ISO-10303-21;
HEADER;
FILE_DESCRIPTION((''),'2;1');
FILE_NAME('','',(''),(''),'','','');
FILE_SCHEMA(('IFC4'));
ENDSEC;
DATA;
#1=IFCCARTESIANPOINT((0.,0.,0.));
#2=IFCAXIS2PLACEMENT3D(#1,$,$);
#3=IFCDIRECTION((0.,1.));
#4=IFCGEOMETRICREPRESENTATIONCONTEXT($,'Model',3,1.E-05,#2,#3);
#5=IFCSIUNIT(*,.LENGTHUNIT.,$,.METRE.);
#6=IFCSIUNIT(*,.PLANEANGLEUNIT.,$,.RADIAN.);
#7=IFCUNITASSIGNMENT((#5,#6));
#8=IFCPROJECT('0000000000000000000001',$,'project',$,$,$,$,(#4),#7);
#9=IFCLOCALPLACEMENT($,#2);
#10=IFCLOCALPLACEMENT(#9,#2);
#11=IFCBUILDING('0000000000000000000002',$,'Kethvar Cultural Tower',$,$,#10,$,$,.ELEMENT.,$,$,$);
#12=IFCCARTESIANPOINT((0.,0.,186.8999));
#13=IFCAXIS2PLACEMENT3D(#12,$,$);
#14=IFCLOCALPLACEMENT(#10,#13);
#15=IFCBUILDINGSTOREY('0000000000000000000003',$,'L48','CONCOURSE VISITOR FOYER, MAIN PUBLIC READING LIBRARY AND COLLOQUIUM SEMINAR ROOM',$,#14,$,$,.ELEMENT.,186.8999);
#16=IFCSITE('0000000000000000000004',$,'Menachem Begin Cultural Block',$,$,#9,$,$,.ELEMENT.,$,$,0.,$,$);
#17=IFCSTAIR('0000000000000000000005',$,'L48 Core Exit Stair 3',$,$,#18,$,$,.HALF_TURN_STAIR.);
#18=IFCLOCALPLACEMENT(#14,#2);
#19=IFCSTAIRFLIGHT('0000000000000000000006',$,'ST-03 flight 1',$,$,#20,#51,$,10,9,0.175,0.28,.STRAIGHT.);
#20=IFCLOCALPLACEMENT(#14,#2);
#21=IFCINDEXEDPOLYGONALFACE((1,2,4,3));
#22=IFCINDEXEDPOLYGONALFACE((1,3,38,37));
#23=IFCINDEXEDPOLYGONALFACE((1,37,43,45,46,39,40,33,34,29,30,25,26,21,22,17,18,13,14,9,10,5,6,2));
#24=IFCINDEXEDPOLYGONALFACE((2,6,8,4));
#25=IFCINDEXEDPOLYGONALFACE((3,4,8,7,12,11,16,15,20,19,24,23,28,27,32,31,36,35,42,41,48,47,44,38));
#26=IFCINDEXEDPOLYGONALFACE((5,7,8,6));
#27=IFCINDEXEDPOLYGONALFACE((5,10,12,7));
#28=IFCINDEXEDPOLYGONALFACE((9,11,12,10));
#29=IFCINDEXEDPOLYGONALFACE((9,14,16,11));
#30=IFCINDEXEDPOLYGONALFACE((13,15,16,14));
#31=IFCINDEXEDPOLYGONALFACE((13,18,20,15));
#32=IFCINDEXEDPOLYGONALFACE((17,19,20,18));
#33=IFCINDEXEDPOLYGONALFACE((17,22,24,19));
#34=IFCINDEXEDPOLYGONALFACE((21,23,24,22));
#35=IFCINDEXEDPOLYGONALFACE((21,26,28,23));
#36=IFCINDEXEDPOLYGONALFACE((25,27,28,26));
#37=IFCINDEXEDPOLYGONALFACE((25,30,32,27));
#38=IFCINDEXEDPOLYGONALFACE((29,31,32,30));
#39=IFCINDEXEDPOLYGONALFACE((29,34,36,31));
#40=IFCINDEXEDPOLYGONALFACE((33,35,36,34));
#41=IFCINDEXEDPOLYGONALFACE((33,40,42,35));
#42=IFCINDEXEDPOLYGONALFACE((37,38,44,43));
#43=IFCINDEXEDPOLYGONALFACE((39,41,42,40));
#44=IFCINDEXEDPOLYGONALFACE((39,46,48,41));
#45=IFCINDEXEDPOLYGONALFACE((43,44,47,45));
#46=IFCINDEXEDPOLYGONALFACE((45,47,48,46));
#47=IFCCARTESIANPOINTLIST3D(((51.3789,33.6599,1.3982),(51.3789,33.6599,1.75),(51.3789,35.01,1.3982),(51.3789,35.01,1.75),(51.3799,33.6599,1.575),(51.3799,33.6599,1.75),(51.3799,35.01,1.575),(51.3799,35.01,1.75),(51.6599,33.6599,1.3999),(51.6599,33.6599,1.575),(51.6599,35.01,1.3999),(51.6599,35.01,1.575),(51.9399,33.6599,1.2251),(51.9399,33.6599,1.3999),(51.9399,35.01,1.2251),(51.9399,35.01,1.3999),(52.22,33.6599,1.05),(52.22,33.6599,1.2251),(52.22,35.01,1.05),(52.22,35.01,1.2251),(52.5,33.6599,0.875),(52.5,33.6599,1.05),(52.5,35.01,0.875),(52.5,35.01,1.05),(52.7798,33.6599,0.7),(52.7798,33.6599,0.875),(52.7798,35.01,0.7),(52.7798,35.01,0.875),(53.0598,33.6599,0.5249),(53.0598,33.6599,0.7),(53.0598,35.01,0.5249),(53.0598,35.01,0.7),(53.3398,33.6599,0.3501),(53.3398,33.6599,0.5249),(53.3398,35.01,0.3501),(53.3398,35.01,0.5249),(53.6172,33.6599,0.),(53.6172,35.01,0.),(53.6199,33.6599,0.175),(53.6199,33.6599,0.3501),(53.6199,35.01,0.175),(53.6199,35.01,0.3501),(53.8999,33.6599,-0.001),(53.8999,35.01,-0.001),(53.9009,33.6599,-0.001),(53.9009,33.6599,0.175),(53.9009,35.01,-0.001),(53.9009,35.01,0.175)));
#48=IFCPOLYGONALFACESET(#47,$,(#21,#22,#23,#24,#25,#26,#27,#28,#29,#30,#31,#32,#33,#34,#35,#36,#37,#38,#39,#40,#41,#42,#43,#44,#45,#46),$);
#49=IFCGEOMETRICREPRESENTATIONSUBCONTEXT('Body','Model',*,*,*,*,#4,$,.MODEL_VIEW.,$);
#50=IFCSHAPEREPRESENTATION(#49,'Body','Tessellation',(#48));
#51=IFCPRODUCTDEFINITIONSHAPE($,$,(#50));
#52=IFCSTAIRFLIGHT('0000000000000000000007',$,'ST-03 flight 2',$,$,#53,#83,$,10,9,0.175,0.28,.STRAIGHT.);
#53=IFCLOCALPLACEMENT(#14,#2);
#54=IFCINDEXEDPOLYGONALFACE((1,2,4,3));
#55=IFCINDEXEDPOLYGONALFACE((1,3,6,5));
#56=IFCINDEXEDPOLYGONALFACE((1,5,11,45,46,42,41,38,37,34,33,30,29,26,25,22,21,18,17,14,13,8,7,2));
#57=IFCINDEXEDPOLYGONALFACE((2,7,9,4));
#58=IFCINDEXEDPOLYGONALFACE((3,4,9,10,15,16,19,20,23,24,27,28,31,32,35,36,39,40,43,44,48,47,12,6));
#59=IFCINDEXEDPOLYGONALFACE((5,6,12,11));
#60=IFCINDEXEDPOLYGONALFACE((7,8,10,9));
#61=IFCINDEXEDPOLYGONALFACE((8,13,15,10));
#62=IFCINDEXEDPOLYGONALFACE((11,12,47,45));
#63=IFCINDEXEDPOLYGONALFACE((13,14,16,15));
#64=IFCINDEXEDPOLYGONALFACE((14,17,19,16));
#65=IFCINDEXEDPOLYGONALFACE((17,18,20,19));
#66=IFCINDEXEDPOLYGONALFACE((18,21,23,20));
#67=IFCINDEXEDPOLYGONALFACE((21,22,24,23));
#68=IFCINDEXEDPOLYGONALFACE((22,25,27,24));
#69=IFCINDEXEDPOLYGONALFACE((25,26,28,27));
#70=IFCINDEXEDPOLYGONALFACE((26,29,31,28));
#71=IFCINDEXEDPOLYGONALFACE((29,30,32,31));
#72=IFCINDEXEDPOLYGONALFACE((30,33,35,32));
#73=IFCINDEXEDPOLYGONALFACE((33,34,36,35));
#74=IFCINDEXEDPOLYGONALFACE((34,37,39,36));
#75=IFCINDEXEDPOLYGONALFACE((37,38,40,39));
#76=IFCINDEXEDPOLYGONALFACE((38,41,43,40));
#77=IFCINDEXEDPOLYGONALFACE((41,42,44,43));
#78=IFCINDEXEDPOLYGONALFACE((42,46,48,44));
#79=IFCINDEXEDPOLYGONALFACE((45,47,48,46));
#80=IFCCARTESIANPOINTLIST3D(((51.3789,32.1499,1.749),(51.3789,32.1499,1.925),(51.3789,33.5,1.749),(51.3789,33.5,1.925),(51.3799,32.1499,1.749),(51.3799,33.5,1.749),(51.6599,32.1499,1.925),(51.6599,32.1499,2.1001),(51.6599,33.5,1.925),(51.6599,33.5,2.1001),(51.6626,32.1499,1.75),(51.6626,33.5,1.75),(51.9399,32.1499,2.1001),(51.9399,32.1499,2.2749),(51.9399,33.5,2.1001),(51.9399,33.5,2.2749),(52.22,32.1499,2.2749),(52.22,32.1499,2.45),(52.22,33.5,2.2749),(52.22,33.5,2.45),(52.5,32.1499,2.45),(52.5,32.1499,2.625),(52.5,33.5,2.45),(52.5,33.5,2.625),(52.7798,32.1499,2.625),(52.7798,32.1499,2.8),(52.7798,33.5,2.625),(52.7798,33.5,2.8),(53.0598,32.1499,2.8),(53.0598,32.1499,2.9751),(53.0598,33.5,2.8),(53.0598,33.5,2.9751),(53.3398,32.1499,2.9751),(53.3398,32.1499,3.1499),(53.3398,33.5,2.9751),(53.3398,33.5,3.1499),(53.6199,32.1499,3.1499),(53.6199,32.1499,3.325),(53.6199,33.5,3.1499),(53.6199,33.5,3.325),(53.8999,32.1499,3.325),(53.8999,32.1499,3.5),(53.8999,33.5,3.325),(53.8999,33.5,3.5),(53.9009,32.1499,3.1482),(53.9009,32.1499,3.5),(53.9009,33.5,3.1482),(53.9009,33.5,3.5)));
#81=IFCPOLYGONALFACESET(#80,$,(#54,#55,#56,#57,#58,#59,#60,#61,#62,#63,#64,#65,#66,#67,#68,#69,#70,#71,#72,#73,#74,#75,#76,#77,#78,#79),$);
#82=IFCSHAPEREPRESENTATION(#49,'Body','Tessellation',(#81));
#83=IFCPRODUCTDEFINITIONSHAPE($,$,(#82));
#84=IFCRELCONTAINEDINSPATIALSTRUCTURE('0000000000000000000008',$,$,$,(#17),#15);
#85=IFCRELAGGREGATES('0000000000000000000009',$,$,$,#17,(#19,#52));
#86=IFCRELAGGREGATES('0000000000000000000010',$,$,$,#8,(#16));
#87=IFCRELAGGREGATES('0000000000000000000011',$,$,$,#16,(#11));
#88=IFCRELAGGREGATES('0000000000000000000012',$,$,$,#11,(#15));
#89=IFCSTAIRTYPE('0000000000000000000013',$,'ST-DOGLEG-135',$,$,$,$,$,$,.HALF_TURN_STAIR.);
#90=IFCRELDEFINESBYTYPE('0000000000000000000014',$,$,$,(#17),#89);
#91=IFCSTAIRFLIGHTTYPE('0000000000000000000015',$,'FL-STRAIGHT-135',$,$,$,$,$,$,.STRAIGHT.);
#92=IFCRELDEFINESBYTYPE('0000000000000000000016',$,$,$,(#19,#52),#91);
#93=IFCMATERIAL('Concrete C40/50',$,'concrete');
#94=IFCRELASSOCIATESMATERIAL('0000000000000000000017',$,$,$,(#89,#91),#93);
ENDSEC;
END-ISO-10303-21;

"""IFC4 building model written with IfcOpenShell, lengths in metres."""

from ifc_helpers import new_model, si_unit, direction, frame, origin, place, context, subcontext, project, spatial, polyline, outline, extrude, material, type_object, element, aggregate, save


model = new_model("IFC4")

# Units and contexts
model_context = context("Model", 3, precision=1e-05, world=origin(), true_north=direction((0.0, 1.0)))
body_context = subcontext(model_context, "Body", "Model", "MODEL_VIEW")
ifc_project = project(units=[si_unit("LENGTHUNIT", "METRE"), si_unit("PLANEANGLEUNIT", "RADIAN")], contexts=[model_context])

# Site, building, storey
site_placement = place(None, origin())
site = spatial("IfcSite", under=ifc_project, at=site_placement, Name="Menachem Begin Cultural Block", CompositionType="ELEMENT", RefElevation=0.0)
building_placement = place(site_placement, origin())
building = spatial("IfcBuilding", under=site, at=building_placement, Name="Kethvar Cultural Tower", CompositionType="ELEMENT")
storey_placement = place(building_placement, frame((0.0, 0.0, 186.8999)))
storey = spatial("IfcBuildingStorey", under=building, at=storey_placement, Name="L48", Description="CONCOURSE VISITOR FOYER, MAIN PUBLIC READING LIBRARY AND COLLOQUIUM SEMINAR ROOM", CompositionType="ELEMENT", Elevation=186.8999)

# Shared definitions
ifc_material_1 = material(Name="Concrete C40/50", Category="concrete")

# Stair, stair flights
stair_type = type_object("IfcStairType", Name="ST-DOGLEG-135", PredefinedType="HALF_TURN_STAIR", material=ifc_material_1)
stair_placement = place(storey_placement, origin())
stair = element("IfcStair", 1, at=stair_placement, inside=storey, type_object=stair_type, Name="L48 Core Exit Stair 3", PredefinedType="HALF_TURN_STAIR")
stair_flight_type = type_object("IfcStairFlightType", Name="FL-STRAIGHT-135", PredefinedType="STRAIGHT", material=ifc_material_1)
stair_flight_1_placement = place(storey_placement, frame((53.8999, 34.335, 0.0), z_axis=(0.0, 0.0, 1.0), x_axis=(-1.0, 0.0, 0.0)))
stair_flight_1 = element("IfcStairFlight", 2, at=stair_flight_1_placement, type_object=stair_flight_type, Name="ST-03 flight 1", NumberOfRisers=10, NumberOfTreads=9, PredefinedType="STRAIGHT", RiserHeight=0.175, TreadLength=0.28, context=body_context, shape_type="SweptSolid", body=[
    extrude(outline(polyline([(-0.001, -0.001), (-0.001, 0.175), (0.28, 0.175), (0.28, 0.3501), (0.5601, 0.3501), (0.5601, 0.5249), (0.8401, 0.5249), (0.8401, 0.7), (1.1201, 0.7), (1.1201, 0.875), (1.3999, 0.875), (1.3999, 1.05), (1.6799, 1.05), (1.6799, 1.2251), (1.96, 1.2251), (1.96, 1.3999), (2.24, 1.3999), (2.24, 1.575), (2.52, 1.575), (2.52, 1.75), (2.521, 1.75), (2.521, 1.3982), (0.2827, 0.0), (0.0, -0.001), (-0.001, -0.001)])), frame((0.0, 0.675, 0.0), z_axis=(0.0, -1.0, 0.0), x_axis=(1.0, 0.0, 0.0)), (0.0, 0.0, 1.0), 1.3501),
])
stair_flight_2_placement = place(storey_placement, frame((51.3799, 32.825, 1.75), z_axis=(0.0, 0.0, 1.0), x_axis=(1.0, 0.0, 0.0)))
stair_flight_2 = element("IfcStairFlight", 3, at=stair_flight_2_placement, type_object=stair_flight_type, Name="ST-03 flight 2", NumberOfRisers=10, NumberOfTreads=9, PredefinedType="STRAIGHT", RiserHeight=0.175, TreadLength=0.28, context=body_context, shape_type="SweptSolid", body=[
    extrude(outline(polyline([(-0.001, -0.001), (-0.001, 0.175), (0.28, 0.175), (0.28, 0.3501), (0.5601, 0.3501), (0.5601, 0.5249), (0.8401, 0.5249), (0.8401, 0.7), (1.1201, 0.7), (1.1201, 0.875), (1.3999, 0.875), (1.3999, 1.05), (1.6799, 1.05), (1.6799, 1.2251), (1.96, 1.2251), (1.96, 1.3999), (2.24, 1.3999), (2.24, 1.575), (2.52, 1.575), (2.52, 1.75), (2.521, 1.75), (2.521, 1.3982), (0.2827, 0.0), (0.0, -0.001), (-0.001, -0.001)])), frame((0.0, 0.675, 0.0), z_axis=(0.0, -1.0, 0.0), x_axis=(1.0, 0.0, 0.0)), (0.0, 0.0, 1.0), 1.3501),
])
aggregate(stair, [stair_flight_1, stair_flight_2])

save(model, "model.ifc")
